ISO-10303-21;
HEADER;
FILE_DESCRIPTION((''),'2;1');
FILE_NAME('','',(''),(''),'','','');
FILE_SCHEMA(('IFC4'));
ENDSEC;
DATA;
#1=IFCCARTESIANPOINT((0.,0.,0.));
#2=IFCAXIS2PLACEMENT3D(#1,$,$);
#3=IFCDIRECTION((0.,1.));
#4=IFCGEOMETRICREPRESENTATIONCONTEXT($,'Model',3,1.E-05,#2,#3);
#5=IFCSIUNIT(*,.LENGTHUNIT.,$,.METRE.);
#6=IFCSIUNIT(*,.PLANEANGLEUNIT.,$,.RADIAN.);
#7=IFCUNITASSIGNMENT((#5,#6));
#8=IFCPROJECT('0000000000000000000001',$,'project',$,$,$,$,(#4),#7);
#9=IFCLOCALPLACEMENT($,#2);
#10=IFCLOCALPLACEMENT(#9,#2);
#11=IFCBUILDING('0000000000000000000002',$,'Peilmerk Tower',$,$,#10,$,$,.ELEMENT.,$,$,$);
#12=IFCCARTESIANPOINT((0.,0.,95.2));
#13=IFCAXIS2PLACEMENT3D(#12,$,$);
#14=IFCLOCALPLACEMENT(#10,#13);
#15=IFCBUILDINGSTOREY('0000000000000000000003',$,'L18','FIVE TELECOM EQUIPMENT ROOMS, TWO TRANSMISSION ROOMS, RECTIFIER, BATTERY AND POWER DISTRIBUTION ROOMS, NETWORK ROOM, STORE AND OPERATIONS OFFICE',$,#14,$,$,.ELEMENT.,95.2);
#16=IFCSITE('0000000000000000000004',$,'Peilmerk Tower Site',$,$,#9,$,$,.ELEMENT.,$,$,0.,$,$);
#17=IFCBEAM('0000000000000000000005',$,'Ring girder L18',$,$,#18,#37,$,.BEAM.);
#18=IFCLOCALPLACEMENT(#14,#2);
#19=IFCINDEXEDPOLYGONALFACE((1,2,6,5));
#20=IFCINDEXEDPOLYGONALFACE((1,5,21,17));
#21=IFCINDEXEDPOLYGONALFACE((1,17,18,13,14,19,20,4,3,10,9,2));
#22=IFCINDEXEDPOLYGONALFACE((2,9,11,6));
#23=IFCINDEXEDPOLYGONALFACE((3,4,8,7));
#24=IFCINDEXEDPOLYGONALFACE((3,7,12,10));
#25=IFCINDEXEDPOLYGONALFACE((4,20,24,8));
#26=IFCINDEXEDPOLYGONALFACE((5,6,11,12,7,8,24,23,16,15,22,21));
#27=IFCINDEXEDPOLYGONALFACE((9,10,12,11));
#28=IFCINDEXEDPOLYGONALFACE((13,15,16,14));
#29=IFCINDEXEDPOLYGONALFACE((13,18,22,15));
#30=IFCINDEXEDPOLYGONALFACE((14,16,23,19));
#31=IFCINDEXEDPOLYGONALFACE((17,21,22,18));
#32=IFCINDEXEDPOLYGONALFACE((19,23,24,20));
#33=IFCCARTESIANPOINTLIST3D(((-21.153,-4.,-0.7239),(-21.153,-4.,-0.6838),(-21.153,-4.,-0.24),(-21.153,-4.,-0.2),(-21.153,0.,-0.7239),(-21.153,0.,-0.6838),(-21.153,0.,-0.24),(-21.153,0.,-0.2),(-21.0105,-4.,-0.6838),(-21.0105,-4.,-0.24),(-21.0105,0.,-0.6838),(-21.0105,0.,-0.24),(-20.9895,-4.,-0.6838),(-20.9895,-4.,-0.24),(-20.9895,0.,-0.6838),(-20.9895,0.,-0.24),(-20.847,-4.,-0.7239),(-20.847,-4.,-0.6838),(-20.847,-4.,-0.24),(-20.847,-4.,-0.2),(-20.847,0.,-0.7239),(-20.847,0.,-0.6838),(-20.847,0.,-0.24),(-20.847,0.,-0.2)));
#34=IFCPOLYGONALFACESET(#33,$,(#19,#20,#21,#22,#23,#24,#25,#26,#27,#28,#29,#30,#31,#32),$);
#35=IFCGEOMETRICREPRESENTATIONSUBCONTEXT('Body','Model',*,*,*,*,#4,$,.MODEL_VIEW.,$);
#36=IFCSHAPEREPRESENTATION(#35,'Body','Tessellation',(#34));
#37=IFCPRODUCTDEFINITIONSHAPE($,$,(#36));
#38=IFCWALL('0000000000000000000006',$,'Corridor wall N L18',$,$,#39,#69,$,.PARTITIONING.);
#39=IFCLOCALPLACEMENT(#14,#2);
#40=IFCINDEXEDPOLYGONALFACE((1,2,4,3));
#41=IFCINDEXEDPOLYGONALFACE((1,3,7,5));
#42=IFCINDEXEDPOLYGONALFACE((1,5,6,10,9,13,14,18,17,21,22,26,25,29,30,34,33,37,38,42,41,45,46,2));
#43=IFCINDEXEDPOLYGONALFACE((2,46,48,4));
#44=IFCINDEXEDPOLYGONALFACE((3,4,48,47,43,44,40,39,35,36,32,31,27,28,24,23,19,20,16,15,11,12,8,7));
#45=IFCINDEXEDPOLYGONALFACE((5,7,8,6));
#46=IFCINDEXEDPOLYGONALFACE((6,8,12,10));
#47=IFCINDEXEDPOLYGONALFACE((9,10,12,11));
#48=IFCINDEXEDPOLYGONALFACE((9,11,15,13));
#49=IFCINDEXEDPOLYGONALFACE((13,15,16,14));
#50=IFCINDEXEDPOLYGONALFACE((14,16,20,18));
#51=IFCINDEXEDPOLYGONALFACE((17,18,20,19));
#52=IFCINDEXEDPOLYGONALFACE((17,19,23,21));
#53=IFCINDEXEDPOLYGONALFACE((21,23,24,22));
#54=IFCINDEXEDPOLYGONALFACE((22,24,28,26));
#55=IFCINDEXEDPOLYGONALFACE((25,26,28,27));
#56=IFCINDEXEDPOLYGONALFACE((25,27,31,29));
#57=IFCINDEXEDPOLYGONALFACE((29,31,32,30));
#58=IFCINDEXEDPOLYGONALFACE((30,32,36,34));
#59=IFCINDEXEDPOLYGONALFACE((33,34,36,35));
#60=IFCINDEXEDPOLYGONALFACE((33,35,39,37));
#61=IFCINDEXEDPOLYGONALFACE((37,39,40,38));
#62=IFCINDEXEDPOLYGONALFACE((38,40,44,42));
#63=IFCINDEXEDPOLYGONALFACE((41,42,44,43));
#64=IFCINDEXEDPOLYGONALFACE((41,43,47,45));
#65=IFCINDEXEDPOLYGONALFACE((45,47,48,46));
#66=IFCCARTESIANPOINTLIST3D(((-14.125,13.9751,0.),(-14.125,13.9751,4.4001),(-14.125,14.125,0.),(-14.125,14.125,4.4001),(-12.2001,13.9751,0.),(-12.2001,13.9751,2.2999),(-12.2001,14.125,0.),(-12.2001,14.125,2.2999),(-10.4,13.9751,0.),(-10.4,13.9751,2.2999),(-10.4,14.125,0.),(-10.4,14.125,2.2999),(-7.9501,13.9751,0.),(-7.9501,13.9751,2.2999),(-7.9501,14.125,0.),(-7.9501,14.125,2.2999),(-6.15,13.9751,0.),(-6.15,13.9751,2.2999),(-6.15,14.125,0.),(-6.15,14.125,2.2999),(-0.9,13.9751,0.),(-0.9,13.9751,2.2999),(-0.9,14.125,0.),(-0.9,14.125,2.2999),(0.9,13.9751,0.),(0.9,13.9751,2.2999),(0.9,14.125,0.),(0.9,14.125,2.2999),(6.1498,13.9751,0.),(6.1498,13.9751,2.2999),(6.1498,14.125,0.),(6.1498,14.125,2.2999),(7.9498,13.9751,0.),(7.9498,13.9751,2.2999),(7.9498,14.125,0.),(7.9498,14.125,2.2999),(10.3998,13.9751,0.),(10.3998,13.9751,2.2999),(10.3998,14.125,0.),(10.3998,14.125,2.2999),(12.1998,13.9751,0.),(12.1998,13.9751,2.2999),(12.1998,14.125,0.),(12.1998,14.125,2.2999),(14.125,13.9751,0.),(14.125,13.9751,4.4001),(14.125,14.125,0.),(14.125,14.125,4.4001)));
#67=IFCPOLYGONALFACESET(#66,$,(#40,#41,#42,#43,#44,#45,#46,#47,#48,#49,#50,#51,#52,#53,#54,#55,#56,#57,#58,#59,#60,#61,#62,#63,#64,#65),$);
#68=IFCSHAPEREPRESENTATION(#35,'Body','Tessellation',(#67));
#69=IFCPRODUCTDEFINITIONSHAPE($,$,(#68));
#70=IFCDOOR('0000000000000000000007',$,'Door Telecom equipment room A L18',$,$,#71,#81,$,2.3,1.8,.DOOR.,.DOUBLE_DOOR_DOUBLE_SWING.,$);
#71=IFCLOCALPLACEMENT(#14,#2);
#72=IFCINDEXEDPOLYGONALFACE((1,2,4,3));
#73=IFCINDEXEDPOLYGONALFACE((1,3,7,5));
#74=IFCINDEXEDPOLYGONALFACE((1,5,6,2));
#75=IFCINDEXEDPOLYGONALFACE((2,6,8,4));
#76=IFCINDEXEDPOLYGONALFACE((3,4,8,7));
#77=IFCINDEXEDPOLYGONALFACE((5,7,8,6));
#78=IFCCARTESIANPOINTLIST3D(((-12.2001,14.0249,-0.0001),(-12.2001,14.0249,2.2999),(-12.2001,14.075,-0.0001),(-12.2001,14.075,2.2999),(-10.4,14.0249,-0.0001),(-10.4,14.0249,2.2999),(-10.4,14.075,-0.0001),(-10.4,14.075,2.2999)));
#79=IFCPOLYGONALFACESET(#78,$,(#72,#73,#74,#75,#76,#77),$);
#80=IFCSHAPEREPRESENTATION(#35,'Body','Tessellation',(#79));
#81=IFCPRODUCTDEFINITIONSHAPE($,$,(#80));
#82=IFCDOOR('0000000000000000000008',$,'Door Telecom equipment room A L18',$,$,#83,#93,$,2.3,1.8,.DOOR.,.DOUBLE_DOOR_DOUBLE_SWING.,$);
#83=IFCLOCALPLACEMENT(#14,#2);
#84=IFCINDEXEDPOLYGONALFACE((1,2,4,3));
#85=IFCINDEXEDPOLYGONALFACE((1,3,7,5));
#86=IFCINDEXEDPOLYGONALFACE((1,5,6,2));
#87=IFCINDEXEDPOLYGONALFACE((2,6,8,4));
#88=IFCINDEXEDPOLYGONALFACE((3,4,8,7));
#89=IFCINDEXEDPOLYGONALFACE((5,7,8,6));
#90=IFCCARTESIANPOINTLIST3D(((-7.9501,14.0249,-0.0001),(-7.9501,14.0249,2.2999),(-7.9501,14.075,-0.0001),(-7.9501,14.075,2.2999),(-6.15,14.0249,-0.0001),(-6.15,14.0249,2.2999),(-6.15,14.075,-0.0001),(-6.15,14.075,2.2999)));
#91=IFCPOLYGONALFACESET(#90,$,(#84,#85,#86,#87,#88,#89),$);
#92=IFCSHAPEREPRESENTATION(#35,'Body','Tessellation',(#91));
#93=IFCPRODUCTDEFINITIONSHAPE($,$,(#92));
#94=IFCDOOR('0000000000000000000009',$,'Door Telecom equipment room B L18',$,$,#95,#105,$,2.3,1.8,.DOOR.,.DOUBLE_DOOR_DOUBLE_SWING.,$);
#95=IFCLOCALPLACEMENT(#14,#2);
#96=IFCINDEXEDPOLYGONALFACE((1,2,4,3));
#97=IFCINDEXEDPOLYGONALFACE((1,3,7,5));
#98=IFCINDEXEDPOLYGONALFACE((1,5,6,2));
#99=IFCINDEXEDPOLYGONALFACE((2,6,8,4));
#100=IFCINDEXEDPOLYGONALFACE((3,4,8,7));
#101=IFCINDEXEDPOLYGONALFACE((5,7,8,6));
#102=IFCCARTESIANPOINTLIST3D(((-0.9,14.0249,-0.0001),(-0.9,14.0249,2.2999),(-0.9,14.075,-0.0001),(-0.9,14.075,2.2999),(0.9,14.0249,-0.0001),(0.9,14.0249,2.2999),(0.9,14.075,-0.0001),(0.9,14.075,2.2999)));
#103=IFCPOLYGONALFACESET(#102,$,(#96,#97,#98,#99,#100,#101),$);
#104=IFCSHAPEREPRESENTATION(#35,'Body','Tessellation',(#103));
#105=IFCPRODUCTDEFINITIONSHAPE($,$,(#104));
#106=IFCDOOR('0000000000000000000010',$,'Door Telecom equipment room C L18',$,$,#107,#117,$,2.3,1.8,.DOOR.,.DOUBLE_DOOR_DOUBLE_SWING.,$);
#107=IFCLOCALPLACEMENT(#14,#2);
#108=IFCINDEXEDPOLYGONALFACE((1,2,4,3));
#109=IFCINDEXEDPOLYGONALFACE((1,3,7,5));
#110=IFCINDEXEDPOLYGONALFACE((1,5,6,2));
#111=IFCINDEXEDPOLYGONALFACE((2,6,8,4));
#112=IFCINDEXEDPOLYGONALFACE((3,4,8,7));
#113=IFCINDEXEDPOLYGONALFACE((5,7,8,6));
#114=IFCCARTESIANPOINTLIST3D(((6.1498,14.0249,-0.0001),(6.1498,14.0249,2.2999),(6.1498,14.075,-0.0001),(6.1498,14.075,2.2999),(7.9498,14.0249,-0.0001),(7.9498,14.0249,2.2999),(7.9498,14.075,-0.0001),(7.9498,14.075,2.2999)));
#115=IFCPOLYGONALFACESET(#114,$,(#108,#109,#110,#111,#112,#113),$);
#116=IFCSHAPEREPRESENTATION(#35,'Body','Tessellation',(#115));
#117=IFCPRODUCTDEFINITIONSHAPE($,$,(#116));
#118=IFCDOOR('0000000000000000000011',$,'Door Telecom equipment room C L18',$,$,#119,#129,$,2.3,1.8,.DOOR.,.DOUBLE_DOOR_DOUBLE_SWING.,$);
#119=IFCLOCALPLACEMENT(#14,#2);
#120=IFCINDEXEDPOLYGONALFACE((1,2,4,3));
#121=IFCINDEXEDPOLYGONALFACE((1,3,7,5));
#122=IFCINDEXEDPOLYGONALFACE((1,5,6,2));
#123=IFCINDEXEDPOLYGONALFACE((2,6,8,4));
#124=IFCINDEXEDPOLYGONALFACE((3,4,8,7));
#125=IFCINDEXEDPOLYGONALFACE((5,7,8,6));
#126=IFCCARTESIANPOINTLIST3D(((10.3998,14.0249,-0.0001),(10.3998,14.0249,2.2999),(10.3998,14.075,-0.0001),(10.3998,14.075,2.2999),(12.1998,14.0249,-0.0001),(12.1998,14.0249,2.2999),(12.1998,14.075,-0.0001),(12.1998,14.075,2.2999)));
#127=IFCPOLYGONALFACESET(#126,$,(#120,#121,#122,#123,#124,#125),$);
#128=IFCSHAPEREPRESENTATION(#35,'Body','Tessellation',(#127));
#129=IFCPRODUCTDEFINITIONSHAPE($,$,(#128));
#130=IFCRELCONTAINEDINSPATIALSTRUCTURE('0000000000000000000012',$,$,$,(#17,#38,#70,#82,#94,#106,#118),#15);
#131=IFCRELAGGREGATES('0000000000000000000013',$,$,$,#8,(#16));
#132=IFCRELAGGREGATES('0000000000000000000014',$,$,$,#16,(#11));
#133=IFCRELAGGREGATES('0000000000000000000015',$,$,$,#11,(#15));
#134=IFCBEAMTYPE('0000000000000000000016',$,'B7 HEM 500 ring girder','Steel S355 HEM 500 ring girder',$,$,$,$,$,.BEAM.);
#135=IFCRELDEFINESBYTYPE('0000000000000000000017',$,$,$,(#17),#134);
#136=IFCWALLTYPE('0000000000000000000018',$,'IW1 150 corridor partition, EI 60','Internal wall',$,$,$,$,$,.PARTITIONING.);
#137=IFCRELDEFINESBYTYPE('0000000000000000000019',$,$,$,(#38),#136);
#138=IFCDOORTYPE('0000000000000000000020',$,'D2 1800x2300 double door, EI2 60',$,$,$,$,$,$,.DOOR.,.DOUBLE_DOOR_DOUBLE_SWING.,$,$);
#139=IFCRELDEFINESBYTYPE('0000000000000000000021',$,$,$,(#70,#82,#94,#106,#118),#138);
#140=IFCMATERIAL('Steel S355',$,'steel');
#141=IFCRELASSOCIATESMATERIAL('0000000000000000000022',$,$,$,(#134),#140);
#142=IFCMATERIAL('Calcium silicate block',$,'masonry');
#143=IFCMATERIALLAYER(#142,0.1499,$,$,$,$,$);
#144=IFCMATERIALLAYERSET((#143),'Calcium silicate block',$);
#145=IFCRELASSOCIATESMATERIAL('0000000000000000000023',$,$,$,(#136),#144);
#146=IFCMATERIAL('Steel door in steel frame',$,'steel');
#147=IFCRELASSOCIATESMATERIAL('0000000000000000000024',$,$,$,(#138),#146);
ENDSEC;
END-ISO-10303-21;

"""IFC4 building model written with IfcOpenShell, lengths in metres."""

from ifc_helpers import new_model, si_unit, direction, frame, frame_2d, origin, origin_2d, place, context, subcontext, project, spatial, rectangle, i_section, extrude, material, layer, layer_set, material_profile, profile_set, type_object, element, fill, save


model = new_model("IFC4")

# Units and contexts
model_context = context("Model", 3, precision=1e-05, world=origin(), true_north=direction((0.0, 1.0)))
body_context = subcontext(model_context, "Body", "Model", "MODEL_VIEW")
ifc_project = project(units=[si_unit("LENGTHUNIT", "METRE"), si_unit("PLANEANGLEUNIT", "RADIAN")], contexts=[model_context])

# Site, building, storey
site_placement = place(None, origin())
site = spatial("IfcSite", under=ifc_project, at=site_placement, Name="Peilmerk Tower Site", CompositionType="ELEMENT", RefElevation=0.0)
building_placement = place(site_placement, origin())
building = spatial("IfcBuilding", under=site, at=building_placement, Name="Peilmerk Tower", CompositionType="ELEMENT")
storey_placement = place(building_placement, frame((0.0, 0.0, 95.2)))
storey = spatial("IfcBuildingStorey", under=building, at=storey_placement, Name="L18", Description="FIVE TELECOM EQUIPMENT ROOMS, TWO TRANSMISSION ROOMS, RECTIFIER, BATTERY AND POWER DISTRIBUTION ROOMS, NETWORK ROOM, STORE AND OPERATIONS OFFICE", CompositionType="ELEMENT", Elevation=95.2)

# Beam
ifc_material_1 = material(Name="Steel S355", Category="steel")
ifc_material_profile_1 = material_profile(ifc_material_1, i_section(OverallWidth=0.3059, OverallDepth=0.5239, WebThickness=0.021, FlangeThickness=0.04, at=origin_2d()), Name="HEM 500")
ifc_profile_set_1 = profile_set([ifc_material_profile_1], Name="Steel S355")
beam_type_1 = type_object("IfcBeamType", Name="B7 HEM 500 ring girder", Description="Steel S355 HEM 500 ring girder", PredefinedType="BEAM", material=ifc_profile_set_1)
for number, where, z_axis, x_axis, name in (
    (1, (-21.0, 0.0, -0.4619), (0.0, -1.0, 0.0), (1.0, 0.0, 0.0), "Ring girder L18"),
):
    element("IfcBeam", number, at=place(storey_placement, frame(where, z_axis=z_axis, x_axis=x_axis)), inside=storey, type_object=beam_type_1, Name=name, PredefinedType="BEAM", context=body_context, shape_type="SweptSolid", body=[
        extrude(i_section(OverallWidth=0.3059, OverallDepth=0.5239, WebThickness=0.021, FlangeThickness=0.04, at=origin_2d()), origin(), (0.0, 0.0, 1.0), 4.0),
    ])

# Wall, openings, doors
ifc_material_2 = material(Name="Calcium silicate block", Category="masonry")
ifc_layer_1 = layer(ifc_material_2, 0.1499)
ifc_layer_set_1 = layer_set([ifc_layer_1], Name="Calcium silicate block")
wall_type_1 = type_object("IfcWallType", Name="IW1 150 corridor partition, EI 60", Description="Internal wall", PredefinedType="PARTITIONING", material=ifc_layer_set_1)
wall_1_placement = place(storey_placement, frame((-14.125, 14.05, 0.0), z_axis=(0.0, 0.0, 1.0), x_axis=(1.0, 0.0, 0.0)))
wall_1 = element("IfcWall", 2, at=wall_1_placement, inside=storey, type_object=wall_type_1, Name="Corridor wall N L18", PredefinedType="PARTITIONING", context=body_context, shape_type="SweptSolid", body=[
    extrude(rectangle(XDim=28.25, YDim=0.1499, at=frame_2d((14.125, 0.0))), origin(), (0.0, 0.0, 1.0), 4.4001),
])
opening_1_placement = place(wall_1_placement, frame((1.925, 0.0, 0.0)))
opening_1 = element("IfcOpeningElement", 3, at=opening_1_placement, cuts=wall_1, PredefinedType="OPENING", context=body_context, shape_type="SweptSolid", body=[
    extrude(rectangle(XDim=1.8, YDim=2.3, at=frame_2d((0.8999, 1.1499))), frame((0.0, 0.085, 0.0), z_axis=(0.0, -1.0, 0.0), x_axis=(1.0, 0.0, 0.0)), (0.0, 0.0, 1.0), 0.1699),
])
opening_2_placement = place(wall_1_placement, frame((6.175, 0.0, 0.0)))
opening_2 = element("IfcOpeningElement", 4, at=opening_2_placement, cuts=wall_1, PredefinedType="OPENING", context=body_context, shape_type="SweptSolid", body=[
    extrude(rectangle(XDim=1.8, YDim=2.3, at=frame_2d((0.8999, 1.1499))), frame((0.0, 0.085, 0.0), z_axis=(0.0, -1.0, 0.0), x_axis=(1.0, 0.0, 0.0)), (0.0, 0.0, 1.0), 0.1699),
])
opening_3_placement = place(wall_1_placement, frame((13.2251, 0.0, 0.0)))
opening_3 = element("IfcOpeningElement", 5, at=opening_3_placement, cuts=wall_1, PredefinedType="OPENING", context=body_context, shape_type="SweptSolid", body=[
    extrude(rectangle(XDim=1.8, YDim=2.3, at=frame_2d((0.8999, 1.1499))), frame((0.0, 0.085, 0.0), z_axis=(0.0, -1.0, 0.0), x_axis=(1.0, 0.0, 0.0)), (0.0, 0.0, 1.0), 0.1699),
])
opening_4_placement = place(wall_1_placement, frame((20.2749, 0.0, 0.0)))
opening_4 = element("IfcOpeningElement", 6, at=opening_4_placement, cuts=wall_1, PredefinedType="OPENING", context=body_context, shape_type="SweptSolid", body=[
    extrude(rectangle(XDim=1.8, YDim=2.3, at=frame_2d((0.8999, 1.1499))), frame((0.0, 0.085, 0.0), z_axis=(0.0, -1.0, 0.0), x_axis=(1.0, 0.0, 0.0)), (0.0, 0.0, 1.0), 0.1699),
])
opening_5_placement = place(wall_1_placement, frame((24.5249, 0.0, 0.0)))
opening_5 = element("IfcOpeningElement", 7, at=opening_5_placement, cuts=wall_1, PredefinedType="OPENING", context=body_context, shape_type="SweptSolid", body=[
    extrude(rectangle(XDim=1.8, YDim=2.3, at=frame_2d((0.8999, 1.1499))), frame((0.0, 0.085, 0.0), z_axis=(0.0, -1.0, 0.0), x_axis=(1.0, 0.0, 0.0)), (0.0, 0.0, 1.0), 0.1699),
])
ifc_material_3 = material(Name="Steel door in steel frame", Category="steel")
door_type_1 = type_object("IfcDoorType", Name="D2 1800x2300 double door, EI2 60", OperationType="DOUBLE_DOOR_DOUBLE_SWING", PredefinedType="DOOR", material=ifc_material_3)
door_1_placement = place(opening_1_placement, origin())
door_1 = element("IfcDoor", 8, at=door_1_placement, inside=storey, type_object=door_type_1, Name="Door Telecom equipment room A L18", OperationType="DOUBLE_DOOR_DOUBLE_SWING", OverallHeight=2.3, OverallWidth=1.8, PredefinedType="DOOR", context=body_context, shape_type="SweptSolid", body=[
    extrude(rectangle(XDim=1.8, YDim=2.3, at=frame_2d((0.8999, 1.1499))), frame((0.0, 0.0249, 0.0), z_axis=(0.0, -1.0, 0.0), x_axis=(1.0, 0.0, 0.0)), (0.0, 0.0, 1.0), 0.05),
])
fill(opening_1, door_1)
door_2_placement = place(opening_2_placement, origin())
door_2 = element("IfcDoor", 9, at=door_2_placement, inside=storey, type_object=door_type_1, Name="Door Telecom equipment room A L18", OperationType="DOUBLE_DOOR_DOUBLE_SWING", OverallHeight=2.3, OverallWidth=1.8, PredefinedType="DOOR", context=body_context, shape_type="SweptSolid", body=[
    extrude(rectangle(XDim=1.8, YDim=2.3, at=frame_2d((0.8999, 1.1499))), frame((0.0, 0.0249, 0.0), z_axis=(0.0, -1.0, 0.0), x_axis=(1.0, 0.0, 0.0)), (0.0, 0.0, 1.0), 0.05),
])
fill(opening_2, door_2)
door_3_placement = place(opening_3_placement, origin())
door_3 = element("IfcDoor", 10, at=door_3_placement, inside=storey, type_object=door_type_1, Name="Door Telecom equipment room B L18", OperationType="DOUBLE_DOOR_DOUBLE_SWING", OverallHeight=2.3, OverallWidth=1.8, PredefinedType="DOOR", context=body_context, shape_type="SweptSolid", body=[
    extrude(rectangle(XDim=1.8, YDim=2.3, at=frame_2d((0.8999, 1.1499))), frame((0.0, 0.0249, 0.0), z_axis=(0.0, -1.0, 0.0), x_axis=(1.0, 0.0, 0.0)), (0.0, 0.0, 1.0), 0.05),
])
fill(opening_3, door_3)
door_4_placement = place(opening_4_placement, origin())
door_4 = element("IfcDoor", 11, at=door_4_placement, inside=storey, type_object=door_type_1, Name="Door Telecom equipment room C L18", OperationType="DOUBLE_DOOR_DOUBLE_SWING", OverallHeight=2.3, OverallWidth=1.8, PredefinedType="DOOR", context=body_context, shape_type="SweptSolid", body=[
    extrude(rectangle(XDim=1.8, YDim=2.3, at=frame_2d((0.8999, 1.1499))), frame((0.0, 0.0249, 0.0), z_axis=(0.0, -1.0, 0.0), x_axis=(1.0, 0.0, 0.0)), (0.0, 0.0, 1.0), 0.05),
])
fill(opening_4, door_4)
door_5_placement = place(opening_5_placement, origin())
door_5 = element("IfcDoor", 12, at=door_5_placement, inside=storey, type_object=door_type_1, Name="Door Telecom equipment room C L18", OperationType="DOUBLE_DOOR_DOUBLE_SWING", OverallHeight=2.3, OverallWidth=1.8, PredefinedType="DOOR", context=body_context, shape_type="SweptSolid", body=[
    extrude(rectangle(XDim=1.8, YDim=2.3, at=frame_2d((0.8999, 1.1499))), frame((0.0, 0.0249, 0.0), z_axis=(0.0, -1.0, 0.0), x_axis=(1.0, 0.0, 0.0)), (0.0, 0.0, 1.0), 0.05),
])
fill(opening_5, door_5)

save(model, "model.ifc")
